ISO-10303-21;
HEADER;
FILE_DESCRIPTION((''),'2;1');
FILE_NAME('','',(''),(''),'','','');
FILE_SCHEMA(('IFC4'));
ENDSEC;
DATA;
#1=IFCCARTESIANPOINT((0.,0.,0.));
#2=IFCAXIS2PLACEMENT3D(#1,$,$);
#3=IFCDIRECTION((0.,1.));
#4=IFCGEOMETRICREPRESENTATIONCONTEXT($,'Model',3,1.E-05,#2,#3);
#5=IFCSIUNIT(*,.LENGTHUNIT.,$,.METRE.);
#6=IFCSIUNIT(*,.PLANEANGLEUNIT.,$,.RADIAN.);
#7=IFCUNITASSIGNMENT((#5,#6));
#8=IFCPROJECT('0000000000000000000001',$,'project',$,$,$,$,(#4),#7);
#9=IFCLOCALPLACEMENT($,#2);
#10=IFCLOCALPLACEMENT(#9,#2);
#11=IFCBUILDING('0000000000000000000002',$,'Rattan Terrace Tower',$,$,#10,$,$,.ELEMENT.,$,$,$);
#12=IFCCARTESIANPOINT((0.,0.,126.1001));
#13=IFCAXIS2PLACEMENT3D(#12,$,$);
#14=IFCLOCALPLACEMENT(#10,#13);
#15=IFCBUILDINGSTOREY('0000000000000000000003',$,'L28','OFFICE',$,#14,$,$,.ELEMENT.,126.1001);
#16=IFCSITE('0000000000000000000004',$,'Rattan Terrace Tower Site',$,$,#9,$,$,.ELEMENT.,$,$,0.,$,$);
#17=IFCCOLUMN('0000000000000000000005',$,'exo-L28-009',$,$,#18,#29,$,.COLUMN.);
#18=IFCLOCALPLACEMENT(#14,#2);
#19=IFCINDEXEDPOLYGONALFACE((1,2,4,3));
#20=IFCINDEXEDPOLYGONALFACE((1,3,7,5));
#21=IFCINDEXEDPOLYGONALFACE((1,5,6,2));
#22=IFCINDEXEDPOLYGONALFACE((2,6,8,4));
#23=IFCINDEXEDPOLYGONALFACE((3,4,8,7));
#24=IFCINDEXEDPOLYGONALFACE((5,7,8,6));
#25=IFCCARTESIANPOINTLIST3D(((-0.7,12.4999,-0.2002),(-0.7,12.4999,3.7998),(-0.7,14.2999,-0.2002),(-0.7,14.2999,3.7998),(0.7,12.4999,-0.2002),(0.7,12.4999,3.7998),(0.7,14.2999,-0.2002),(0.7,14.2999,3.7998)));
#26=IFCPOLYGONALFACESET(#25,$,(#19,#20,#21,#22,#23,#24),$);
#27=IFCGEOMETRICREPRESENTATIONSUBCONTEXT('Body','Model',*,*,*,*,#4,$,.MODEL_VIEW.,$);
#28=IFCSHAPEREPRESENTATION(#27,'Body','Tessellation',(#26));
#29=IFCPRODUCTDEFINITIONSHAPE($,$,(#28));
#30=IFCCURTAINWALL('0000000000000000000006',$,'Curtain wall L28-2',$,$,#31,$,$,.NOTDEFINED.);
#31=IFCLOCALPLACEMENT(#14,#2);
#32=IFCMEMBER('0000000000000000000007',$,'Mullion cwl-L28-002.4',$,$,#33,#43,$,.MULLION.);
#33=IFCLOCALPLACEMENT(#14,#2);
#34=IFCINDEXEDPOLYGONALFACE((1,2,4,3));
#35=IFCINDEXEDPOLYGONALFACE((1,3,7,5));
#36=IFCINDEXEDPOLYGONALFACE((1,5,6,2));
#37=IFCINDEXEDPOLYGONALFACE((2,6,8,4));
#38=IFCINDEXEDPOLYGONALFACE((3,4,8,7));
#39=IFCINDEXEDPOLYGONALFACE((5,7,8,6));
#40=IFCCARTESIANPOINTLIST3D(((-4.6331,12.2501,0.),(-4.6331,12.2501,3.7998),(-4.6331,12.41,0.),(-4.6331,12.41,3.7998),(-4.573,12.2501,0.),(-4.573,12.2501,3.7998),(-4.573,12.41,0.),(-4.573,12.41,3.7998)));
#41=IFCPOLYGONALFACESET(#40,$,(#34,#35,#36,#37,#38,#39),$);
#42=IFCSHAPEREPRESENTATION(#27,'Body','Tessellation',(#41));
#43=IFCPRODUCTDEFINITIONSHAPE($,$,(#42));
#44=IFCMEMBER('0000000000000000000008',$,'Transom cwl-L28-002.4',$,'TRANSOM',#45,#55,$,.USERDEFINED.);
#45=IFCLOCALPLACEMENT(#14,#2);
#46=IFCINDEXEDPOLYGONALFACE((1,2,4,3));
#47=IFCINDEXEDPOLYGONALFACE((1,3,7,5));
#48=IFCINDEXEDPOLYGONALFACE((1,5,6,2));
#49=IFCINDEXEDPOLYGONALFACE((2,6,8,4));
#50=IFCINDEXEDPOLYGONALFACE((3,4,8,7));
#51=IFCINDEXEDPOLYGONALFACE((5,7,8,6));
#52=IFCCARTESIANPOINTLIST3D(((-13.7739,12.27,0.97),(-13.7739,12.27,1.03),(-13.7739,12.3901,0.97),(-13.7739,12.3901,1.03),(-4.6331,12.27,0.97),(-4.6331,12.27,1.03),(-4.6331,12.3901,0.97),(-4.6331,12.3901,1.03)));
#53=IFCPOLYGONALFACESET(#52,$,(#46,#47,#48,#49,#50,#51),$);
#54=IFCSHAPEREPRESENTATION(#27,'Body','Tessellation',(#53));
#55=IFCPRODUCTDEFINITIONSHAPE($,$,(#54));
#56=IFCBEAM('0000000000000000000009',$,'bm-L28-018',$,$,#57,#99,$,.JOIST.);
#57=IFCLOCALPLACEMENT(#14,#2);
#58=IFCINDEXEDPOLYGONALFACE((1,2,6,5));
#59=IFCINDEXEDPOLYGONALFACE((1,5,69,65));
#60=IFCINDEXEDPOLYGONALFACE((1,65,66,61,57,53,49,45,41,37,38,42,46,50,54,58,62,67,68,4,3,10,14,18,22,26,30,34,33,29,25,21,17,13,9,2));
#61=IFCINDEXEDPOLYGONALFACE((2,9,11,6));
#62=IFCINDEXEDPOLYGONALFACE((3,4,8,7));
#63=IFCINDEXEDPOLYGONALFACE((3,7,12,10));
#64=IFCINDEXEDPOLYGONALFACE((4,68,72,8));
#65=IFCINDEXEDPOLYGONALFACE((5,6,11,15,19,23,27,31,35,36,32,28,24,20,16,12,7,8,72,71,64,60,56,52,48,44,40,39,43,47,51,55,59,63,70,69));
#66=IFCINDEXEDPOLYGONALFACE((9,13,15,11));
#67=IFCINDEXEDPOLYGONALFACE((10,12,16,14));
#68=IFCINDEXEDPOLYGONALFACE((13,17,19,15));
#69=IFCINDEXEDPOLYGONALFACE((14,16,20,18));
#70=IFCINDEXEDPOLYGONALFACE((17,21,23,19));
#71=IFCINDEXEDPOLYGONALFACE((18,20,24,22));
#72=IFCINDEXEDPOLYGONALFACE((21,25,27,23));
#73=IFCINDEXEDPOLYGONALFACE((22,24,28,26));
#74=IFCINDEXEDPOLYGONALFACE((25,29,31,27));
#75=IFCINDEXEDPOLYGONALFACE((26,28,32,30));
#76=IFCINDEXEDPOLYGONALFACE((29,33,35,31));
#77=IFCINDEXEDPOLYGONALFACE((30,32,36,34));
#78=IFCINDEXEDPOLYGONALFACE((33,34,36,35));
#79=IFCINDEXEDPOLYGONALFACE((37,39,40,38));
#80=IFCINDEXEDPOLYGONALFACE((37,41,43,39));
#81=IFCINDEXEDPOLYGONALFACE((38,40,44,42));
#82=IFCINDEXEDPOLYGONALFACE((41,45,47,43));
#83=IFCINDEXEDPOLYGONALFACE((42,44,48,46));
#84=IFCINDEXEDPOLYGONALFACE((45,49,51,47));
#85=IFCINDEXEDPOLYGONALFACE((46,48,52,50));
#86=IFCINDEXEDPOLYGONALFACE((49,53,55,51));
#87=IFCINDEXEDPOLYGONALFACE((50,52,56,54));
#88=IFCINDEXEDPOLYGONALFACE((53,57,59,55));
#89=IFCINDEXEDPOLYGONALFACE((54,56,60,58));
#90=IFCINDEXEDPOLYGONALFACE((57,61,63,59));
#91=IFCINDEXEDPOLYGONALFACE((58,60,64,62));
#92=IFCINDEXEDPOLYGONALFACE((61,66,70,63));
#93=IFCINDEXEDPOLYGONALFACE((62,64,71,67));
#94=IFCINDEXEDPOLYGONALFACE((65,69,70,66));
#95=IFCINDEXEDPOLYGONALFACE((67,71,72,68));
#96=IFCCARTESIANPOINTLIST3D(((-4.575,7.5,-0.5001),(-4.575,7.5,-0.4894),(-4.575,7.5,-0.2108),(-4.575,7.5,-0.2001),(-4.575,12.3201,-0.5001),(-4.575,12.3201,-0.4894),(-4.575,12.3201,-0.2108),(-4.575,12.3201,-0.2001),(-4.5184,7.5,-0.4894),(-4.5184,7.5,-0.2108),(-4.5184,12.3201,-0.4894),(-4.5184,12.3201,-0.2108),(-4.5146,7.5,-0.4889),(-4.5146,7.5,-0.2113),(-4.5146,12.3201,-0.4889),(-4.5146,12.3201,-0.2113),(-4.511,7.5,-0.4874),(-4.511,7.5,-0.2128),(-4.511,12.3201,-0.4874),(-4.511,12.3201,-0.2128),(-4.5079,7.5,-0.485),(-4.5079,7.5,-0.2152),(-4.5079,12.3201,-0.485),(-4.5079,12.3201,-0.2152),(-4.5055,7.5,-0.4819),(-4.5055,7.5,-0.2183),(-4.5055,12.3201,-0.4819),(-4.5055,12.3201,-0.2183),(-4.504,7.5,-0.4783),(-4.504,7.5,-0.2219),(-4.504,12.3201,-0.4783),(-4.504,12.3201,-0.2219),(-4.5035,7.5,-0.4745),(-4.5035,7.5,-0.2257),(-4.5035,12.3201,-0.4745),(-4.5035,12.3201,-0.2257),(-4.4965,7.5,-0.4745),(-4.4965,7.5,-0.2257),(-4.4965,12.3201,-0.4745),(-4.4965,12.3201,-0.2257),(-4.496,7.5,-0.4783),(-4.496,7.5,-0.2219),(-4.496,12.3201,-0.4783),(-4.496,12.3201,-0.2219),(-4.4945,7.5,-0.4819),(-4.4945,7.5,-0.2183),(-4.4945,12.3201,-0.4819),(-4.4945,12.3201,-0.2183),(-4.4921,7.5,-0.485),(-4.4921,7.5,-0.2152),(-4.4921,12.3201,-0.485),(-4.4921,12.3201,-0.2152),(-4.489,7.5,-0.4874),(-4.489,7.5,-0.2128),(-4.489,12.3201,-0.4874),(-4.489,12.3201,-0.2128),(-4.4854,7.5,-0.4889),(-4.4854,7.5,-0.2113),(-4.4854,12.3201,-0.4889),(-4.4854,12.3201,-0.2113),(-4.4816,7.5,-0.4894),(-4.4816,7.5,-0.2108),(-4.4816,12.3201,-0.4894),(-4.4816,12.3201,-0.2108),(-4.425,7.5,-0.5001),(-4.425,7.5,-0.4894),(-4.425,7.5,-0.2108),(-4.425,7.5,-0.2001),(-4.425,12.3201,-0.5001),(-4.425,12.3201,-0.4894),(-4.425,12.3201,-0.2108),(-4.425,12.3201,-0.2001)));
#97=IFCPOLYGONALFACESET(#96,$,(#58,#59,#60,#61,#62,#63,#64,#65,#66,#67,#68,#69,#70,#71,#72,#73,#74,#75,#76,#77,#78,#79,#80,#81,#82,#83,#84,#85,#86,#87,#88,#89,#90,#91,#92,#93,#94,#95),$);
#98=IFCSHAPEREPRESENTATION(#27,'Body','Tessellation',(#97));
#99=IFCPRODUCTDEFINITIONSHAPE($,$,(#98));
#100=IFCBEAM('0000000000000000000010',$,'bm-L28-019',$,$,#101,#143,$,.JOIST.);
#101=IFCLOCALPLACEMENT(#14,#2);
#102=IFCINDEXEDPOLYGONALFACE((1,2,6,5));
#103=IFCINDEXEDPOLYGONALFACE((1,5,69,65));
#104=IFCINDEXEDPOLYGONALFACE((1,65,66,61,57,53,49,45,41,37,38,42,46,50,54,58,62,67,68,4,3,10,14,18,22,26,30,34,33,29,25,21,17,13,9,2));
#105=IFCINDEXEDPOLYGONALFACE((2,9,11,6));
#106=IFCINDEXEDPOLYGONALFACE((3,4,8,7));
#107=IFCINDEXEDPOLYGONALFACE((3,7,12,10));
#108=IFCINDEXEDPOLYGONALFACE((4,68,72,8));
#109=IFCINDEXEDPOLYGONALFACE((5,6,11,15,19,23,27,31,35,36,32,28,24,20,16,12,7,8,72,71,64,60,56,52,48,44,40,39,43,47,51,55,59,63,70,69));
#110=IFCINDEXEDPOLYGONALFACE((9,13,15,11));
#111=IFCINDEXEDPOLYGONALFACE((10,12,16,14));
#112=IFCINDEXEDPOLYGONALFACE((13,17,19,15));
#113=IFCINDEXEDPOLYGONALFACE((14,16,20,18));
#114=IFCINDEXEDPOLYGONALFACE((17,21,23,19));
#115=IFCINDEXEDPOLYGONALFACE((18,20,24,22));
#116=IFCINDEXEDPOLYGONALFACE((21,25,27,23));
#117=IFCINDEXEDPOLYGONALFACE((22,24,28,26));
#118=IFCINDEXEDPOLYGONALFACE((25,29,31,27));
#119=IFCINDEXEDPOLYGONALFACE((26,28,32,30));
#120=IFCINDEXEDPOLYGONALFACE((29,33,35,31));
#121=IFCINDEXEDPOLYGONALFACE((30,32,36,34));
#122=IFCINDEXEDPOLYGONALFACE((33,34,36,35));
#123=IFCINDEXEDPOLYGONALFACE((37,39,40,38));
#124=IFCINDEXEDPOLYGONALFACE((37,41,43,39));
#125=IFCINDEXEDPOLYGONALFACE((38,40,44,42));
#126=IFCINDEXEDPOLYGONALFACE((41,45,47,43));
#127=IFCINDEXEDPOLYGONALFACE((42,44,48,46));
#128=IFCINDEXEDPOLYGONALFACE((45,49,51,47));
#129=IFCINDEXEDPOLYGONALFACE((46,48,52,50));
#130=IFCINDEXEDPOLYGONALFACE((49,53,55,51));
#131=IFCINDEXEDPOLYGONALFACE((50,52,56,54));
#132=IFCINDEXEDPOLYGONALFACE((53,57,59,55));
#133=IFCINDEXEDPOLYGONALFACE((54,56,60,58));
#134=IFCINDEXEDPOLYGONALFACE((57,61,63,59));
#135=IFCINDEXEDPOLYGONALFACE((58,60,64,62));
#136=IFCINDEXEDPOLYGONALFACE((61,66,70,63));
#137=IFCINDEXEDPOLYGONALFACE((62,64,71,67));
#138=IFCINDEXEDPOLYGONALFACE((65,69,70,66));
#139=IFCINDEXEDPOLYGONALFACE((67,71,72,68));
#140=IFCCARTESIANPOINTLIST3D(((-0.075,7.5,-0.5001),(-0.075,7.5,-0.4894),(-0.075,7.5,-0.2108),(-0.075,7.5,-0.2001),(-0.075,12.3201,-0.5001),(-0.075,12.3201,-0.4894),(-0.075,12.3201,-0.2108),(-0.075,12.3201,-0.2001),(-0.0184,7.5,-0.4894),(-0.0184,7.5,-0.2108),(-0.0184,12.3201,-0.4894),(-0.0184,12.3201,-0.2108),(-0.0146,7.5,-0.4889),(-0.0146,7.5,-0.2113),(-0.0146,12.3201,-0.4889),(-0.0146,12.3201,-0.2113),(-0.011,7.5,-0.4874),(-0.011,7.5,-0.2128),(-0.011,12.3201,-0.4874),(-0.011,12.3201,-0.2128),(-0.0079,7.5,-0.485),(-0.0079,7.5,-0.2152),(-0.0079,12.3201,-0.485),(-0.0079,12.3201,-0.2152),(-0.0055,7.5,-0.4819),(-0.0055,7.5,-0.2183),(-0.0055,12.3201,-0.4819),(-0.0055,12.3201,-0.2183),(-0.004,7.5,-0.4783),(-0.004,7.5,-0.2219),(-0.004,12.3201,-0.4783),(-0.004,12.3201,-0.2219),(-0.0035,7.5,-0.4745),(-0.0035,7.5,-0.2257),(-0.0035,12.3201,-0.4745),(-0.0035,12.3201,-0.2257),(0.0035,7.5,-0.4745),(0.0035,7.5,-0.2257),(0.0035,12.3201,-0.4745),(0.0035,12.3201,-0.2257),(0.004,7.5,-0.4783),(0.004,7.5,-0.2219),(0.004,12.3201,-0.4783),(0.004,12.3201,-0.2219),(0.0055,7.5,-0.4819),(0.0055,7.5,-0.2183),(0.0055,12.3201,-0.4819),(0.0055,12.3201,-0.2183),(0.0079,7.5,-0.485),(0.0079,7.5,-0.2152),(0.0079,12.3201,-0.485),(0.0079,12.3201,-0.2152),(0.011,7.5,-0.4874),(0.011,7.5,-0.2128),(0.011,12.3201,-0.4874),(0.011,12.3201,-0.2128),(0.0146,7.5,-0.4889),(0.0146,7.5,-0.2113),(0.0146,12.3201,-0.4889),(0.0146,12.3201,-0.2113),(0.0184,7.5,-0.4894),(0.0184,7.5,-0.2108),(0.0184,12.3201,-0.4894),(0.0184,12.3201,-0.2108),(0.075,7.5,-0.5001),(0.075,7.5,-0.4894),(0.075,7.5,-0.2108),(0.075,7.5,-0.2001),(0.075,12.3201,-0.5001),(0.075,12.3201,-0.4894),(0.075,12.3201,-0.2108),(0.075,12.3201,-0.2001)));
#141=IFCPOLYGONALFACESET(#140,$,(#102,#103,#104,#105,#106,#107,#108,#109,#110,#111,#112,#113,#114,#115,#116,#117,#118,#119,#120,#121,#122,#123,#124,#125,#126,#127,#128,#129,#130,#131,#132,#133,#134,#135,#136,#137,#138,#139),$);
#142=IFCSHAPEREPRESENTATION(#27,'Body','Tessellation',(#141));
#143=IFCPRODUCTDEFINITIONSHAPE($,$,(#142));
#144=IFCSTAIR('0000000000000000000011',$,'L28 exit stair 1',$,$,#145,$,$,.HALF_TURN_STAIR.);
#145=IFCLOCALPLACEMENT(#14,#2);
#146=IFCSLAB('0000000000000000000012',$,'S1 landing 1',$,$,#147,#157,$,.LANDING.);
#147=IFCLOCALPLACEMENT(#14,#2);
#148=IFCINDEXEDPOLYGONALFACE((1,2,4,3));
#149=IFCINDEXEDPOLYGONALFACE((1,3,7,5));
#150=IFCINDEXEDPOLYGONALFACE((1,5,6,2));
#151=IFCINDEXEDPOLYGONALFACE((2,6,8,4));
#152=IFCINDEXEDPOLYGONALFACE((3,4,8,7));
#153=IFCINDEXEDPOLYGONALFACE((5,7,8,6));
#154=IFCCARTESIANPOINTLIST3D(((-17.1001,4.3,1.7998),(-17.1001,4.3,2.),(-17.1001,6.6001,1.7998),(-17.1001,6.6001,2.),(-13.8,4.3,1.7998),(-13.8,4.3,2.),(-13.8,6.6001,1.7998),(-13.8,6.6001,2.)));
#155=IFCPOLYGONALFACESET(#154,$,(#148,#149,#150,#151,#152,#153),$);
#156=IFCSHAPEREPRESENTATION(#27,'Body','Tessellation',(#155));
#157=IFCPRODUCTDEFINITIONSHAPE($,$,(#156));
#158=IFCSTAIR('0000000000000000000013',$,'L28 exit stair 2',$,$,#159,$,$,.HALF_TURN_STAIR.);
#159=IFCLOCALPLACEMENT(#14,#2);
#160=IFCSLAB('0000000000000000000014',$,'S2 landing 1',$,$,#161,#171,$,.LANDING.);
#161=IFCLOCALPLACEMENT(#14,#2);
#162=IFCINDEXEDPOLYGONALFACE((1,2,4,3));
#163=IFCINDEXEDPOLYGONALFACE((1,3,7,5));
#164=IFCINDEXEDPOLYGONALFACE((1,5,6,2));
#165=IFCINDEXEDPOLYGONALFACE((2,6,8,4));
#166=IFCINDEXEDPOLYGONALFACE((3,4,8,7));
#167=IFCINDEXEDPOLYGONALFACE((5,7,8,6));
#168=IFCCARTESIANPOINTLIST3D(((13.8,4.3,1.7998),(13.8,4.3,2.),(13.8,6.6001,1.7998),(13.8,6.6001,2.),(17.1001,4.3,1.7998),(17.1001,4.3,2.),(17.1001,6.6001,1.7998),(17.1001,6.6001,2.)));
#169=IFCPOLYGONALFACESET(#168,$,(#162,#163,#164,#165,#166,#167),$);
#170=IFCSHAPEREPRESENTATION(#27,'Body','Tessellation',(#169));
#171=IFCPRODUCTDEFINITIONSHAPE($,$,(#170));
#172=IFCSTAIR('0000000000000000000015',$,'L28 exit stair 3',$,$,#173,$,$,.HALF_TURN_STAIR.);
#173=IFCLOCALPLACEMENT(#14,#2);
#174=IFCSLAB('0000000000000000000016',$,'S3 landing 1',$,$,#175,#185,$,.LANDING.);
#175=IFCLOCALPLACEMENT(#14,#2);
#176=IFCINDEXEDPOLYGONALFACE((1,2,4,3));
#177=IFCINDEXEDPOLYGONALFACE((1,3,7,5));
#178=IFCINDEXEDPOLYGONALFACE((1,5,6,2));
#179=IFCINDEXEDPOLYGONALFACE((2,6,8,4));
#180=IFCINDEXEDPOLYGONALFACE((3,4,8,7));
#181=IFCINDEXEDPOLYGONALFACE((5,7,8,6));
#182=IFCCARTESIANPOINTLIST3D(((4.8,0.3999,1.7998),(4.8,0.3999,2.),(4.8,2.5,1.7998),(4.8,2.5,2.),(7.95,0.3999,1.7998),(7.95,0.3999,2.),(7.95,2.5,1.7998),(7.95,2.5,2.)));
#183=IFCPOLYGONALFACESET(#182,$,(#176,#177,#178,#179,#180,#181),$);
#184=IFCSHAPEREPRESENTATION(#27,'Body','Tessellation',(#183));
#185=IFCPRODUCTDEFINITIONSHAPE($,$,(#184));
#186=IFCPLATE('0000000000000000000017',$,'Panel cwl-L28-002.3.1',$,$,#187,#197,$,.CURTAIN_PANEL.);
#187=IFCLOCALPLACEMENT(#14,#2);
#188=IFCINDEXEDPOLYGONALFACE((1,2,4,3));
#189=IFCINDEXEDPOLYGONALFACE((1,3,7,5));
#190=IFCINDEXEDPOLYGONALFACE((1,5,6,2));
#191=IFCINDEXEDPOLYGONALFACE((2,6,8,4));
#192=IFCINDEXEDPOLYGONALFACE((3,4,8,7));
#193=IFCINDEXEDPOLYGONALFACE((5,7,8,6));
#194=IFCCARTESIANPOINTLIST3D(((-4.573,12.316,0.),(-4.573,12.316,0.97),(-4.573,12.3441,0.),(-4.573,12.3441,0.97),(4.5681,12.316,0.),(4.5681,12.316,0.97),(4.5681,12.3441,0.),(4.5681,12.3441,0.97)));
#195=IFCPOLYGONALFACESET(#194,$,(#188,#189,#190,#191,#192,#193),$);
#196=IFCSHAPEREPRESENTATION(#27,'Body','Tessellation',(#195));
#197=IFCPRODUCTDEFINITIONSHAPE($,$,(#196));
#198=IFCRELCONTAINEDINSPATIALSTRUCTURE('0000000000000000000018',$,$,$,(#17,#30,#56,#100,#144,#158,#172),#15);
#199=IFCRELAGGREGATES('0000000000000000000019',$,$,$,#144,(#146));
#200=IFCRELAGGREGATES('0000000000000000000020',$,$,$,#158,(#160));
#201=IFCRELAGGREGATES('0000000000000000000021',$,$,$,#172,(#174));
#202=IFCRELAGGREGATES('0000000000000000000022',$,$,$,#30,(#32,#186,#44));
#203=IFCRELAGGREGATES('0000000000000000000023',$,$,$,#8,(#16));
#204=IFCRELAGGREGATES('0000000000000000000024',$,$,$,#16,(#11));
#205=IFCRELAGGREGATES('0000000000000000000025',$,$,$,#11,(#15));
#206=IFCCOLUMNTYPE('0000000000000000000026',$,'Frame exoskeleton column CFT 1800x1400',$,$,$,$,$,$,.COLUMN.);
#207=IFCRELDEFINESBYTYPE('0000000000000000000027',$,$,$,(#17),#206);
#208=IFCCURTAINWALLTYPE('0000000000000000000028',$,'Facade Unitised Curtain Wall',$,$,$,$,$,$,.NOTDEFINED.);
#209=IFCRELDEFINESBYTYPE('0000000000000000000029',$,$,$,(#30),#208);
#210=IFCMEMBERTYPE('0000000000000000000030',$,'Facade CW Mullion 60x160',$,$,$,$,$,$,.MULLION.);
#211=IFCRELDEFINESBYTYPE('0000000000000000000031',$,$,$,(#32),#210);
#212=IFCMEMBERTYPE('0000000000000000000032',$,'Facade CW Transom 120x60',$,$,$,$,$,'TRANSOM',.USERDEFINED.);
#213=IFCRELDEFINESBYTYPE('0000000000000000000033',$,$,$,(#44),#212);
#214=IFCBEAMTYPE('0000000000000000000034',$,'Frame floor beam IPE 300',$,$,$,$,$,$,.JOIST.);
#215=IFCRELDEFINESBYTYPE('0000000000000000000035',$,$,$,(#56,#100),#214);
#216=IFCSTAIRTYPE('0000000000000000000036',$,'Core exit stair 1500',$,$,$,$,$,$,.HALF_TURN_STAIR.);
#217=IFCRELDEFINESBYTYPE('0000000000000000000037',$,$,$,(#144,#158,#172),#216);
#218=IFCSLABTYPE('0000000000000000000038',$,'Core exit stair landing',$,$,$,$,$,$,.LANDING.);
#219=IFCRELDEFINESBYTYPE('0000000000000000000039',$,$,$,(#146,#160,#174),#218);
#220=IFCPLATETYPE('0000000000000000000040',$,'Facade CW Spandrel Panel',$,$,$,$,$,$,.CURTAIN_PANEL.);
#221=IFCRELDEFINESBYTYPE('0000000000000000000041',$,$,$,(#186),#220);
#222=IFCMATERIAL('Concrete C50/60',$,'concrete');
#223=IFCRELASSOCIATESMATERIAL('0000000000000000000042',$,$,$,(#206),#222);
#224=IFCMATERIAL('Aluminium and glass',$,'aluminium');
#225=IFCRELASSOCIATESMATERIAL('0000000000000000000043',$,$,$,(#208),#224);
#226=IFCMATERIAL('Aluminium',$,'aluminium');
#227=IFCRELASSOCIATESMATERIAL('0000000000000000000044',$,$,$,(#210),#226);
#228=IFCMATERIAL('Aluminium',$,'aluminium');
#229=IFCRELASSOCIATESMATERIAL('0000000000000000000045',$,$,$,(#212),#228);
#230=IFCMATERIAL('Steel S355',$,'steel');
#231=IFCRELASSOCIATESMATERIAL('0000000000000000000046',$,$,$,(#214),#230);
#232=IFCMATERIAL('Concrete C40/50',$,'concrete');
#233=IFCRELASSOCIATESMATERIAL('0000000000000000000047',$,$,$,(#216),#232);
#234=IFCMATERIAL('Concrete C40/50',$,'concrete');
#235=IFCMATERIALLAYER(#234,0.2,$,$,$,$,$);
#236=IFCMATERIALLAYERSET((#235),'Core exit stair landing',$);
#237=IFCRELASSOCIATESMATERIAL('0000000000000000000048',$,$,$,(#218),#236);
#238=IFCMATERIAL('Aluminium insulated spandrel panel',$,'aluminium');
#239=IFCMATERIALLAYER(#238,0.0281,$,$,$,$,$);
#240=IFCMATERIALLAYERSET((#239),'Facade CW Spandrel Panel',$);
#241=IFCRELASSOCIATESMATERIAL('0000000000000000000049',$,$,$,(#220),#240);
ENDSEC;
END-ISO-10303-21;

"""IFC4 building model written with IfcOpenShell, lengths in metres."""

from ifc_helpers import new_model, si_unit, direction, frame, origin, origin_2d, place, context, subcontext, project, spatial, polyline, rectangle, i_section, outline, extrude, material, layer, layer_set, material_profile, profile_set, type_object, element, aggregate, save


model = new_model("IFC4")

# Units and contexts
model_context = context("Model", 3, precision=1e-05, world=origin(), true_north=direction((0.0, 1.0)))
body_context = subcontext(model_context, "Body", "Model", "MODEL_VIEW")
ifc_project = project(units=[si_unit("LENGTHUNIT", "METRE"), si_unit("PLANEANGLEUNIT", "RADIAN")], contexts=[model_context])

# Site, building, storey
site_placement = place(None, origin())
site = spatial("IfcSite", under=ifc_project, at=site_placement, Name="Rattan Terrace Tower Site", CompositionType="ELEMENT", RefElevation=0.0)
building_placement = place(site_placement, origin())
building = spatial("IfcBuilding", under=site, at=building_placement, Name="Rattan Terrace Tower", CompositionType="ELEMENT")
storey_placement = place(building_placement, frame((0.0, 0.0, 126.1001)))
storey = spatial("IfcBuildingStorey", under=building, at=storey_placement, Name="L28", Description="OFFICE", CompositionType="ELEMENT", Elevation=126.1001)

# Column
ifc_material_1 = material(Name="Concrete C50/60", Category="concrete")
ifc_material_profile_1 = material_profile(ifc_material_1, rectangle(XDim=1.3999, YDim=1.8, at=origin_2d()), Name="CFT 1800x1400")
ifc_profile_set_1 = profile_set([ifc_material_profile_1], Name="Concrete C50/60")
column_type = type_object("IfcColumnType", Name="Frame exoskeleton column CFT 1800x1400", PredefinedType="COLUMN", material=ifc_profile_set_1)
column_placement = place(storey_placement, frame((0.0, 13.3999, -0.2002), z_axis=(0.0, 0.0, 1.0), x_axis=(1.0, 0.0, 0.0)))
element("IfcColumn", 1, at=column_placement, inside=storey, type_object=column_type, Name="exo-L28-009", PredefinedType="COLUMN", context=body_context, shape_type="SweptSolid", body=[
    extrude(rectangle(XDim=1.3999, YDim=1.8, at=origin_2d()), origin(), (0.0, 0.0, 1.0), 4.0),
])

# Curtain wall, members
ifc_material_2 = material(Name="Aluminium and glass", Category="aluminium")
curtain_wall_type = type_object("IfcCurtainWallType", Name="Facade Unitised Curtain Wall", PredefinedType="NOTDEFINED", material=ifc_material_2)
curtain_wall_placement = place(storey_placement, origin())
curtain_wall = element("IfcCurtainWall", 2, at=curtain_wall_placement, inside=storey, type_object=curtain_wall_type, Name="Curtain wall L28-2", PredefinedType="NOTDEFINED")
ifc_material_3 = material(Name="Aluminium", Category="aluminium")
ifc_material_profile_2 = material_profile(ifc_material_3, rectangle(XDim=0.0601, YDim=0.1599, at=origin_2d()), Name="Aluminium 60x160")
ifc_profile_set_2 = profile_set([ifc_material_profile_2], Name="Aluminium")
member_type_1 = type_object("IfcMemberType", Name="Facade CW Mullion 60x160", PredefinedType="MULLION", material=ifc_profile_set_2)
member_1_placement = place(storey_placement, frame((-4.603, 12.3301, 0.0), z_axis=(0.0, 0.0, 1.0), x_axis=(-1.0, 0.0, 0.0)))
member_1 = element("IfcMember", 3, at=member_1_placement, type_object=member_type_1, Name="Mullion cwl-L28-002.4", PredefinedType="MULLION", context=body_context, shape_type="SweptSolid", body=[
    extrude(rectangle(XDim=0.0601, YDim=0.1599, at=origin_2d()), origin(), (0.0, 0.0, 1.0), 3.7998),
])
ifc_material_4 = material(Name="Aluminium", Category="aluminium")
ifc_material_profile_3 = material_profile(ifc_material_4, rectangle(XDim=0.1201, YDim=0.0601, at=origin_2d()), Name="Aluminium 120x60")
ifc_profile_set_3 = profile_set([ifc_material_profile_3], Name="Aluminium")
member_type_2 = type_object("IfcMemberType", Name="Facade CW Transom 120x60", ElementType="TRANSOM", PredefinedType="USERDEFINED", material=ifc_profile_set_3)
member_2_placement = place(storey_placement, frame((-4.6331, 12.3301, 1.0), z_axis=(-1.0, 0.0, 0.0), x_axis=(0.0, -1.0, 0.0)))
member_2 = element("IfcMember", 4, at=member_2_placement, type_object=member_type_2, Name="Transom cwl-L28-002.4", ObjectType="TRANSOM", PredefinedType="USERDEFINED", context=body_context, shape_type="SweptSolid", body=[
    extrude(rectangle(XDim=0.1201, YDim=0.0601, at=origin_2d()), origin(), (0.0, 0.0, 1.0), 9.1409),
])

# Beams
ifc_material_5 = material(Name="Steel S355", Category="steel")
ifc_material_profile_4 = material_profile(ifc_material_5, i_section(OverallWidth=0.1499, OverallDepth=0.3, WebThickness=0.0071, FlangeThickness=0.0107, FilletRadius=0.0149, at=origin_2d()), Name="IPE 300")
ifc_profile_set_4 = profile_set([ifc_material_profile_4], Name="Steel S355")
beam_type = type_object("IfcBeamType", Name="Frame floor beam IPE 300", PredefinedType="JOIST", material=ifc_profile_set_4)
for number, where, z_axis, x_axis, name in (
    (5, (-4.5, 7.5, -0.3501), (0.0, 1.0, 0.0), (-1.0, 0.0, 0.0), "bm-L28-018"),
    (6, (0.0, 7.5, -0.3501), (0.0, 1.0, 0.0), (-1.0, 0.0, 0.0), "bm-L28-019"),
):
    element("IfcBeam", number, at=place(storey_placement, frame(where, z_axis=z_axis, x_axis=x_axis)), inside=storey, type_object=beam_type, Name=name, PredefinedType="JOIST", context=body_context, shape_type="SweptSolid", body=[
        extrude(i_section(OverallWidth=0.1499, OverallDepth=0.3, WebThickness=0.0071, FlangeThickness=0.0107, FilletRadius=0.0149, at=origin_2d()), origin(), (0.0, 0.0, 1.0), 4.8201),
    ])

# Stairs, slabs
ifc_material_6 = material(Name="Concrete C40/50", Category="concrete")
stair_type = type_object("IfcStairType", Name="Core exit stair 1500", PredefinedType="HALF_TURN_STAIR", material=ifc_material_6)
stair_1_placement = place(storey_placement, origin())
stair_1 = element("IfcStair", 7, at=stair_1_placement, inside=storey, type_object=stair_type, Name="L28 exit stair 1", PredefinedType="HALF_TURN_STAIR")
ifc_material_7 = material(Name="Concrete C40/50", Category="concrete")
ifc_layer_1 = layer(ifc_material_7, 0.2)
ifc_layer_set_1 = layer_set([ifc_layer_1], Name="Core exit stair landing")
slab_type_1 = type_object("IfcSlabType", Name="Core exit stair landing", PredefinedType="LANDING", material=ifc_layer_set_1)
slab_1_placement = place(storey_placement, frame((0.0, 0.0, 1.7998)))
slab_1 = element("IfcSlab", 8, at=slab_1_placement, type_object=slab_type_1, Name="S1 landing 1", PredefinedType="LANDING", context=body_context, shape_type="SweptSolid", body=[
    extrude(outline(polyline([(-13.8, 4.3), (-13.8, 6.6001), (-17.1001, 6.6001), (-17.1001, 4.3), (-13.8, 4.3)])), origin(), (0.0, 0.0, 1.0), 0.2002),
])
aggregate(stair_1, [slab_1])
stair_2_placement = place(storey_placement, origin())
stair_2 = element("IfcStair", 9, at=stair_2_placement, inside=storey, type_object=stair_type, Name="L28 exit stair 2", PredefinedType="HALF_TURN_STAIR")
slab_2_placement = place(storey_placement, frame((0.0, 0.0, 1.7998)))
slab_2 = element("IfcSlab", 10, at=slab_2_placement, type_object=slab_type_1, Name="S2 landing 1", PredefinedType="LANDING", context=body_context, shape_type="SweptSolid", body=[
    extrude(outline(polyline([(17.1001, 4.3), (17.1001, 6.6001), (13.8, 6.6001), (13.8, 4.3), (17.1001, 4.3)])), origin(), (0.0, 0.0, 1.0), 0.2002),
])
aggregate(stair_2, [slab_2])
stair_3_placement = place(storey_placement, origin())
stair_3 = element("IfcStair", 11, at=stair_3_placement, inside=storey, type_object=stair_type, Name="L28 exit stair 3", PredefinedType="HALF_TURN_STAIR")
slab_3_placement = place(storey_placement, frame((0.0, 0.0, 1.7998)))
slab_3 = element("IfcSlab", 12, at=slab_3_placement, type_object=slab_type_1, Name="S3 landing 1", PredefinedType="LANDING", context=body_context, shape_type="SweptSolid", body=[
    extrude(outline(polyline([(4.8, 2.5), (4.8, 0.3999), (7.95, 0.3999), (7.95, 2.5), (4.8, 2.5)])), origin(), (0.0, 0.0, 1.0), 0.2002),
])
aggregate(stair_3, [slab_3])

# Plate
ifc_material_8 = material(Name="Aluminium insulated spandrel panel", Category="aluminium")
ifc_layer_2 = layer(ifc_material_8, 0.0281)
ifc_layer_set_2 = layer_set([ifc_layer_2], Name="Facade CW Spandrel Panel")
plate_type_1 = type_object("IfcPlateType", Name="Facade CW Spandrel Panel", PredefinedType="CURTAIN_PANEL", material=ifc_layer_set_2)
plate_1_placement = place(storey_placement, frame((-0.0024, 12.3301, 0.0), z_axis=(0.0, 0.0, 1.0), x_axis=(-1.0, 0.0, 0.0)))
plate_1 = element("IfcPlate", 13, at=plate_1_placement, type_object=plate_type_1, Name="Panel cwl-L28-002.3.1", PredefinedType="CURTAIN_PANEL", context=body_context, shape_type="SweptSolid", body=[
    extrude(rectangle(XDim=9.1411, YDim=0.0281, at=origin_2d()), origin(), (0.0, 0.0, 1.0), 0.97),
])
aggregate(curtain_wall, [member_1, plate_1, member_2])

save(model, "model.ifc")
